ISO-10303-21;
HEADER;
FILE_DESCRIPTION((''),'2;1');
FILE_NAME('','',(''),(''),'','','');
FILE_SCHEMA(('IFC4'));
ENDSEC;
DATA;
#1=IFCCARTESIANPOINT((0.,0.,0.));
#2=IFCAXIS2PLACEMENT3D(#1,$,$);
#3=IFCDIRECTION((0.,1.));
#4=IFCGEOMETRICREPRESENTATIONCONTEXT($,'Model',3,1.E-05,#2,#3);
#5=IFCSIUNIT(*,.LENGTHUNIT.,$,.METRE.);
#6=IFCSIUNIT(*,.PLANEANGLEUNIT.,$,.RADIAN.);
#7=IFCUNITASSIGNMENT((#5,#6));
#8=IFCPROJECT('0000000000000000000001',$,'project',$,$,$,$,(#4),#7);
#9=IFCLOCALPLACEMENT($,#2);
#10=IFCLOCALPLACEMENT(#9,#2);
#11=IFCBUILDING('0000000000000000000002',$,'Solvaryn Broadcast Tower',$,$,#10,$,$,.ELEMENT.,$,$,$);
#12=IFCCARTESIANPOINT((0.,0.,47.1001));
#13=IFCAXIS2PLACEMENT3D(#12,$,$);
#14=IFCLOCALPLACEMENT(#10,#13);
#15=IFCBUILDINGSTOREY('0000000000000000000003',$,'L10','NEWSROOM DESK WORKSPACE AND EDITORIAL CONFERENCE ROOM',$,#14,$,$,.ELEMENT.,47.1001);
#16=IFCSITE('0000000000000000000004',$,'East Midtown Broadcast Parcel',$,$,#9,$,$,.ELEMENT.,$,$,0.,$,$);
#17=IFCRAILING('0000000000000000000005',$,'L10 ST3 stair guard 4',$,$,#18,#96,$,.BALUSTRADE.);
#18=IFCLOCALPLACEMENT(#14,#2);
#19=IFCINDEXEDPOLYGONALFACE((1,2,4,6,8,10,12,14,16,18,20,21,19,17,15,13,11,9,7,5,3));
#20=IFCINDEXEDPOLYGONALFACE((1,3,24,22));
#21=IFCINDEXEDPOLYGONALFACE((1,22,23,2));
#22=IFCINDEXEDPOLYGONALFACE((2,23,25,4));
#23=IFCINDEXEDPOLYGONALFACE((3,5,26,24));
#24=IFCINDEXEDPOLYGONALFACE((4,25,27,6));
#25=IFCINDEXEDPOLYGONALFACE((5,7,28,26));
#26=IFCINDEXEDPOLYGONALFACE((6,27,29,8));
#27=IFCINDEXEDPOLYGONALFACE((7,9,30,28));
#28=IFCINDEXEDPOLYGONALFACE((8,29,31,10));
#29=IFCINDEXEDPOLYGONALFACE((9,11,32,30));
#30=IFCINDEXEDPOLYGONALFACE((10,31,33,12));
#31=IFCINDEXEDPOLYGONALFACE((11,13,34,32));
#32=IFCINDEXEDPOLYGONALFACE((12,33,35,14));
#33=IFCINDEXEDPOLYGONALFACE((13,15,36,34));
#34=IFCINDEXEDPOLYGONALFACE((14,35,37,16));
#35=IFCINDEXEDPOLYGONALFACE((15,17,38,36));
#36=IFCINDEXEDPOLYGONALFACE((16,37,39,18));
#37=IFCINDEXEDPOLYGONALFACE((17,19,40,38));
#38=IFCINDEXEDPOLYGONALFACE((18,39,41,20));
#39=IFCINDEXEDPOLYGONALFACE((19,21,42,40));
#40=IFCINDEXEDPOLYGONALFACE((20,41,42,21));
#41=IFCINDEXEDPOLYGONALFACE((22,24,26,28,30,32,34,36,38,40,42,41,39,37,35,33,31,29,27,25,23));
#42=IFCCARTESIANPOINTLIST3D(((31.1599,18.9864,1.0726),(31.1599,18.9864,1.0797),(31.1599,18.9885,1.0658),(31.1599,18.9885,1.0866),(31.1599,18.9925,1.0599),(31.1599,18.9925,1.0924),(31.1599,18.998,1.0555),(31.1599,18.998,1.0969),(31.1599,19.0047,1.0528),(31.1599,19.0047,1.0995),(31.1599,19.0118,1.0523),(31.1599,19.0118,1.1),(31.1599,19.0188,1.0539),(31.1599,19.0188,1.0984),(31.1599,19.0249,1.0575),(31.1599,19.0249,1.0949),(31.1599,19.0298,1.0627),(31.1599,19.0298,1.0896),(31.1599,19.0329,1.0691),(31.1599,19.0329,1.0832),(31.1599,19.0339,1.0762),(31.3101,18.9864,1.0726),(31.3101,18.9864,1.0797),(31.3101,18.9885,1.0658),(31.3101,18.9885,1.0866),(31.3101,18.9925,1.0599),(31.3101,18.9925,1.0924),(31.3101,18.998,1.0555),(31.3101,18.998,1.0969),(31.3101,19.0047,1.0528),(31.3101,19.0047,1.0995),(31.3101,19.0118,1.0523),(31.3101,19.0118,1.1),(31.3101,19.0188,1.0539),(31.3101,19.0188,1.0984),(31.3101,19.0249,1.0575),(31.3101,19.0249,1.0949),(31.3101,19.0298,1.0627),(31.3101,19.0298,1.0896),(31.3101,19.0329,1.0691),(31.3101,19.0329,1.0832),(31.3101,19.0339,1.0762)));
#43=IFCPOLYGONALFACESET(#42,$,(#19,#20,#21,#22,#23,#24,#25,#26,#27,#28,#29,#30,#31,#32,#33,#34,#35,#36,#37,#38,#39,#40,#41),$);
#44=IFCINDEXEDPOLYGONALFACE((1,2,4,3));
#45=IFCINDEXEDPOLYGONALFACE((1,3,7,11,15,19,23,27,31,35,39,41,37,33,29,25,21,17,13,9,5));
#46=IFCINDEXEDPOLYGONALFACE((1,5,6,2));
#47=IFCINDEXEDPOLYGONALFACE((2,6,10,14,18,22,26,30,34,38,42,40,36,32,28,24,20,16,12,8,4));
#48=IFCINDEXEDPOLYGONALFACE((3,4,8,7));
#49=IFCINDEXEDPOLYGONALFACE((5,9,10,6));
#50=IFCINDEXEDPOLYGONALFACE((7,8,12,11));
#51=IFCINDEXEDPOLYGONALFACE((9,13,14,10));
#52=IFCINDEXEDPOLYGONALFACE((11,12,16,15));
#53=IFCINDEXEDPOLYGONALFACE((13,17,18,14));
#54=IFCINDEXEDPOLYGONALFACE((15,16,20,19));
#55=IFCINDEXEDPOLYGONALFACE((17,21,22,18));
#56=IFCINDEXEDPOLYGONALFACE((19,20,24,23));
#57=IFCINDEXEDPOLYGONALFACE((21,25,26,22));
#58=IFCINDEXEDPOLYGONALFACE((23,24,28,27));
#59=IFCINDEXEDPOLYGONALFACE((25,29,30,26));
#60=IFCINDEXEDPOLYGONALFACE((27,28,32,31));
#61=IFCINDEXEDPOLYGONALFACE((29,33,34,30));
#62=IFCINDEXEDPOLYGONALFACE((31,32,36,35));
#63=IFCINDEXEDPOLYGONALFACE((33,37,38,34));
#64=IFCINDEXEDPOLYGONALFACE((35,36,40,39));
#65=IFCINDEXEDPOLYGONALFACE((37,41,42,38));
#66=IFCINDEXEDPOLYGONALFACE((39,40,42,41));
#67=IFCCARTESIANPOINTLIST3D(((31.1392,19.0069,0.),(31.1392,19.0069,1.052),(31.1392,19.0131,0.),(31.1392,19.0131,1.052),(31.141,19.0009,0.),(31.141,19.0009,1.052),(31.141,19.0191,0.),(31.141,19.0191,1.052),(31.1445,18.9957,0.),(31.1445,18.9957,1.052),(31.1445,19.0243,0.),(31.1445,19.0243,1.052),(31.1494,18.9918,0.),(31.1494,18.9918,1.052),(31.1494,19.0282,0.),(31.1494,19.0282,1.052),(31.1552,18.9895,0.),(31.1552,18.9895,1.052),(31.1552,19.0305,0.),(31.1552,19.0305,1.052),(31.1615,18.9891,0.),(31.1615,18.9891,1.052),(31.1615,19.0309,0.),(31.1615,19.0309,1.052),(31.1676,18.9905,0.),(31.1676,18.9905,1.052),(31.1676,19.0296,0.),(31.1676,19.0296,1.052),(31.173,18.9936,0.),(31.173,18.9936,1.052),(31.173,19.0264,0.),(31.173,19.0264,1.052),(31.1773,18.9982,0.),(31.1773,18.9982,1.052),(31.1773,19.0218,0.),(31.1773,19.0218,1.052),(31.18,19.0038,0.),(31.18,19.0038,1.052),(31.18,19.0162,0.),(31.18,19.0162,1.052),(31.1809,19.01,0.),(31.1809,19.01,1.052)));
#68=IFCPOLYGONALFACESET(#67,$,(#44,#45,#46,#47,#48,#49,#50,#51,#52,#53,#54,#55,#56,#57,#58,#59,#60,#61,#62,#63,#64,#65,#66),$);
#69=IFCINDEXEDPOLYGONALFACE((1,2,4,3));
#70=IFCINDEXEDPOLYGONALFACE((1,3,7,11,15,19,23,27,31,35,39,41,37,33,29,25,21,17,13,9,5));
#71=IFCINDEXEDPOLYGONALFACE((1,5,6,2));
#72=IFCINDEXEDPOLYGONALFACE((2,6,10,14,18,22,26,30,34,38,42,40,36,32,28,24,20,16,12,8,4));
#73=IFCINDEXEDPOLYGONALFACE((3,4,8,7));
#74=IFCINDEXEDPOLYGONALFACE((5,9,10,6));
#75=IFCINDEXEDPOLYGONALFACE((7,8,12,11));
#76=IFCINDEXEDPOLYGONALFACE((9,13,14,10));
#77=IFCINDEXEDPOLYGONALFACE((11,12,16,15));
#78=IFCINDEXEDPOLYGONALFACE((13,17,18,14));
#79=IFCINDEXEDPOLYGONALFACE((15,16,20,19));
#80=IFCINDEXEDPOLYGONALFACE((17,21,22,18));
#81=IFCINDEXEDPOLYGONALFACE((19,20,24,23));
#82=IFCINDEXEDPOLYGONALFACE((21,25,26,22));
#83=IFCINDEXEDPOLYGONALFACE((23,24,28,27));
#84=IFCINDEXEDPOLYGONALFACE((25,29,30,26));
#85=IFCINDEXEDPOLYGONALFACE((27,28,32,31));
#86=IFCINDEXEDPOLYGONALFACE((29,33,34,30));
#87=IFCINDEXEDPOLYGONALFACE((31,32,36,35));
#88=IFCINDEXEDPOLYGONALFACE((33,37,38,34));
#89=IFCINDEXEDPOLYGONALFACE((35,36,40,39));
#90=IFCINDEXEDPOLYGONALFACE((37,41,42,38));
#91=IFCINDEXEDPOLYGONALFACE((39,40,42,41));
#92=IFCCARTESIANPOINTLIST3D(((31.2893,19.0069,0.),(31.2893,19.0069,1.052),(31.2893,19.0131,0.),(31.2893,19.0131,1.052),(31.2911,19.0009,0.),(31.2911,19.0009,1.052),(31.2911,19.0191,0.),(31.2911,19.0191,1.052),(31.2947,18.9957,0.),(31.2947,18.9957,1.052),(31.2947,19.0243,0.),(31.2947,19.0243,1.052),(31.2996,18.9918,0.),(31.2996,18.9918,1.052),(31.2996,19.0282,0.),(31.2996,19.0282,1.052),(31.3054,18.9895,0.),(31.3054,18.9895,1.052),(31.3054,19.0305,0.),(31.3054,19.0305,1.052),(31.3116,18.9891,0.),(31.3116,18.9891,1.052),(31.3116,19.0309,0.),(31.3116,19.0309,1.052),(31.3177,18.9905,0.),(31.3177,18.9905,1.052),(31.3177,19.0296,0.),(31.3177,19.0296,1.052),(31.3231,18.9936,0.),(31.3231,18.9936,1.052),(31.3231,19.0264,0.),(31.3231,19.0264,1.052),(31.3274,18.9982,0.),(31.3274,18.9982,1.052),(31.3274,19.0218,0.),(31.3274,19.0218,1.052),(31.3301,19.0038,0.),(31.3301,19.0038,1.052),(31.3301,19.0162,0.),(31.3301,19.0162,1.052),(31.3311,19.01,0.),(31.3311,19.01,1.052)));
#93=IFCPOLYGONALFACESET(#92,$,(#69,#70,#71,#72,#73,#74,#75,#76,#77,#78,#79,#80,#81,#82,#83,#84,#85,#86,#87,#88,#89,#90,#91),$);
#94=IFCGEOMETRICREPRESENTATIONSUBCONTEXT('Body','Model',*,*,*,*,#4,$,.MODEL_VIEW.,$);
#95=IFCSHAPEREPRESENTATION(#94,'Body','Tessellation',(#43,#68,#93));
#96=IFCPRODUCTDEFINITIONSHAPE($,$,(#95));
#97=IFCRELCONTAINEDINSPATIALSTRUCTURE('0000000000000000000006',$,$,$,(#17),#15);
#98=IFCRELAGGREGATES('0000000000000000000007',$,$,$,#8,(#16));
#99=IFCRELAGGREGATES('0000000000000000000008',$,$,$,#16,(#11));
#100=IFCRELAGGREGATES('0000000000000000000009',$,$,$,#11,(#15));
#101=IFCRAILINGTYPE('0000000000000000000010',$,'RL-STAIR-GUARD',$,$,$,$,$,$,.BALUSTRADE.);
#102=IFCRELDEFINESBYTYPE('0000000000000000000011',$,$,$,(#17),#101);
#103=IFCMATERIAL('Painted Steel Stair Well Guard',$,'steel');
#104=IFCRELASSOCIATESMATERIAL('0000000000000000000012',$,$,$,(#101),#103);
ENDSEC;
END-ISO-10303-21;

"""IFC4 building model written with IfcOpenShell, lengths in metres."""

from ifc_helpers import new_model, si_unit, direction, frame, origin, origin_2d, place, context, subcontext, project, spatial, circle, extrude, material, type_object, element, save


model = new_model("IFC4")

# Units and contexts
model_context = context("Model", 3, precision=1e-05, world=origin(), true_north=direction((0.0, 1.0)))
body_context = subcontext(model_context, "Body", "Model", "MODEL_VIEW")
ifc_project = project(units=[si_unit("LENGTHUNIT", "METRE"), si_unit("PLANEANGLEUNIT", "RADIAN")], contexts=[model_context])

# Site, building, storey
site_placement = place(None, origin())
site = spatial("IfcSite", under=ifc_project, at=site_placement, Name="East Midtown Broadcast Parcel", CompositionType="ELEMENT", RefElevation=0.0)
building_placement = place(site_placement, origin())
building = spatial("IfcBuilding", under=site, at=building_placement, Name="Solvaryn Broadcast Tower", CompositionType="ELEMENT")
storey_placement = place(building_placement, frame((0.0, 0.0, 47.1001)))
storey = spatial("IfcBuildingStorey", under=building, at=storey_placement, Name="L10", Description="NEWSROOM DESK WORKSPACE AND EDITORIAL CONFERENCE ROOM", CompositionType="ELEMENT", Elevation=47.1001)

# Railing
ifc_material_1 = material(Name="Painted Steel Stair Well Guard", Category="steel")
railing_type_1 = type_object("IfcRailingType", Name="RL-STAIR-GUARD", PredefinedType="BALUSTRADE", material=ifc_material_1)
railing_1_placement = place(storey_placement, frame((31.1599, 19.01, 0.0)))
element("IfcRailing", 1, at=railing_1_placement, inside=storey, type_object=railing_type_1, Name="L10 ST3 stair guard 4", PredefinedType="BALUSTRADE", context=body_context, shape_type="SweptSolid", body=[
    extrude(circle(Radius=0.0239, at=origin_2d()), frame((0.0, 0.0, 1.0762), z_axis=(1.0, 0.0, 0.0), x_axis=(0.0, 1.0, 0.0)), (0.0, 0.0, 1.0), 0.1501),
    extrude(circle(Radius=0.021, at=origin_2d()), origin(), (0.0, 0.0, 1.0), 1.052),
    extrude(circle(Radius=0.021, at=origin_2d()), frame((0.1501, 0.0, 0.0)), (0.0, 0.0, 1.0), 1.052),
])

save(model, "model.ifc")
